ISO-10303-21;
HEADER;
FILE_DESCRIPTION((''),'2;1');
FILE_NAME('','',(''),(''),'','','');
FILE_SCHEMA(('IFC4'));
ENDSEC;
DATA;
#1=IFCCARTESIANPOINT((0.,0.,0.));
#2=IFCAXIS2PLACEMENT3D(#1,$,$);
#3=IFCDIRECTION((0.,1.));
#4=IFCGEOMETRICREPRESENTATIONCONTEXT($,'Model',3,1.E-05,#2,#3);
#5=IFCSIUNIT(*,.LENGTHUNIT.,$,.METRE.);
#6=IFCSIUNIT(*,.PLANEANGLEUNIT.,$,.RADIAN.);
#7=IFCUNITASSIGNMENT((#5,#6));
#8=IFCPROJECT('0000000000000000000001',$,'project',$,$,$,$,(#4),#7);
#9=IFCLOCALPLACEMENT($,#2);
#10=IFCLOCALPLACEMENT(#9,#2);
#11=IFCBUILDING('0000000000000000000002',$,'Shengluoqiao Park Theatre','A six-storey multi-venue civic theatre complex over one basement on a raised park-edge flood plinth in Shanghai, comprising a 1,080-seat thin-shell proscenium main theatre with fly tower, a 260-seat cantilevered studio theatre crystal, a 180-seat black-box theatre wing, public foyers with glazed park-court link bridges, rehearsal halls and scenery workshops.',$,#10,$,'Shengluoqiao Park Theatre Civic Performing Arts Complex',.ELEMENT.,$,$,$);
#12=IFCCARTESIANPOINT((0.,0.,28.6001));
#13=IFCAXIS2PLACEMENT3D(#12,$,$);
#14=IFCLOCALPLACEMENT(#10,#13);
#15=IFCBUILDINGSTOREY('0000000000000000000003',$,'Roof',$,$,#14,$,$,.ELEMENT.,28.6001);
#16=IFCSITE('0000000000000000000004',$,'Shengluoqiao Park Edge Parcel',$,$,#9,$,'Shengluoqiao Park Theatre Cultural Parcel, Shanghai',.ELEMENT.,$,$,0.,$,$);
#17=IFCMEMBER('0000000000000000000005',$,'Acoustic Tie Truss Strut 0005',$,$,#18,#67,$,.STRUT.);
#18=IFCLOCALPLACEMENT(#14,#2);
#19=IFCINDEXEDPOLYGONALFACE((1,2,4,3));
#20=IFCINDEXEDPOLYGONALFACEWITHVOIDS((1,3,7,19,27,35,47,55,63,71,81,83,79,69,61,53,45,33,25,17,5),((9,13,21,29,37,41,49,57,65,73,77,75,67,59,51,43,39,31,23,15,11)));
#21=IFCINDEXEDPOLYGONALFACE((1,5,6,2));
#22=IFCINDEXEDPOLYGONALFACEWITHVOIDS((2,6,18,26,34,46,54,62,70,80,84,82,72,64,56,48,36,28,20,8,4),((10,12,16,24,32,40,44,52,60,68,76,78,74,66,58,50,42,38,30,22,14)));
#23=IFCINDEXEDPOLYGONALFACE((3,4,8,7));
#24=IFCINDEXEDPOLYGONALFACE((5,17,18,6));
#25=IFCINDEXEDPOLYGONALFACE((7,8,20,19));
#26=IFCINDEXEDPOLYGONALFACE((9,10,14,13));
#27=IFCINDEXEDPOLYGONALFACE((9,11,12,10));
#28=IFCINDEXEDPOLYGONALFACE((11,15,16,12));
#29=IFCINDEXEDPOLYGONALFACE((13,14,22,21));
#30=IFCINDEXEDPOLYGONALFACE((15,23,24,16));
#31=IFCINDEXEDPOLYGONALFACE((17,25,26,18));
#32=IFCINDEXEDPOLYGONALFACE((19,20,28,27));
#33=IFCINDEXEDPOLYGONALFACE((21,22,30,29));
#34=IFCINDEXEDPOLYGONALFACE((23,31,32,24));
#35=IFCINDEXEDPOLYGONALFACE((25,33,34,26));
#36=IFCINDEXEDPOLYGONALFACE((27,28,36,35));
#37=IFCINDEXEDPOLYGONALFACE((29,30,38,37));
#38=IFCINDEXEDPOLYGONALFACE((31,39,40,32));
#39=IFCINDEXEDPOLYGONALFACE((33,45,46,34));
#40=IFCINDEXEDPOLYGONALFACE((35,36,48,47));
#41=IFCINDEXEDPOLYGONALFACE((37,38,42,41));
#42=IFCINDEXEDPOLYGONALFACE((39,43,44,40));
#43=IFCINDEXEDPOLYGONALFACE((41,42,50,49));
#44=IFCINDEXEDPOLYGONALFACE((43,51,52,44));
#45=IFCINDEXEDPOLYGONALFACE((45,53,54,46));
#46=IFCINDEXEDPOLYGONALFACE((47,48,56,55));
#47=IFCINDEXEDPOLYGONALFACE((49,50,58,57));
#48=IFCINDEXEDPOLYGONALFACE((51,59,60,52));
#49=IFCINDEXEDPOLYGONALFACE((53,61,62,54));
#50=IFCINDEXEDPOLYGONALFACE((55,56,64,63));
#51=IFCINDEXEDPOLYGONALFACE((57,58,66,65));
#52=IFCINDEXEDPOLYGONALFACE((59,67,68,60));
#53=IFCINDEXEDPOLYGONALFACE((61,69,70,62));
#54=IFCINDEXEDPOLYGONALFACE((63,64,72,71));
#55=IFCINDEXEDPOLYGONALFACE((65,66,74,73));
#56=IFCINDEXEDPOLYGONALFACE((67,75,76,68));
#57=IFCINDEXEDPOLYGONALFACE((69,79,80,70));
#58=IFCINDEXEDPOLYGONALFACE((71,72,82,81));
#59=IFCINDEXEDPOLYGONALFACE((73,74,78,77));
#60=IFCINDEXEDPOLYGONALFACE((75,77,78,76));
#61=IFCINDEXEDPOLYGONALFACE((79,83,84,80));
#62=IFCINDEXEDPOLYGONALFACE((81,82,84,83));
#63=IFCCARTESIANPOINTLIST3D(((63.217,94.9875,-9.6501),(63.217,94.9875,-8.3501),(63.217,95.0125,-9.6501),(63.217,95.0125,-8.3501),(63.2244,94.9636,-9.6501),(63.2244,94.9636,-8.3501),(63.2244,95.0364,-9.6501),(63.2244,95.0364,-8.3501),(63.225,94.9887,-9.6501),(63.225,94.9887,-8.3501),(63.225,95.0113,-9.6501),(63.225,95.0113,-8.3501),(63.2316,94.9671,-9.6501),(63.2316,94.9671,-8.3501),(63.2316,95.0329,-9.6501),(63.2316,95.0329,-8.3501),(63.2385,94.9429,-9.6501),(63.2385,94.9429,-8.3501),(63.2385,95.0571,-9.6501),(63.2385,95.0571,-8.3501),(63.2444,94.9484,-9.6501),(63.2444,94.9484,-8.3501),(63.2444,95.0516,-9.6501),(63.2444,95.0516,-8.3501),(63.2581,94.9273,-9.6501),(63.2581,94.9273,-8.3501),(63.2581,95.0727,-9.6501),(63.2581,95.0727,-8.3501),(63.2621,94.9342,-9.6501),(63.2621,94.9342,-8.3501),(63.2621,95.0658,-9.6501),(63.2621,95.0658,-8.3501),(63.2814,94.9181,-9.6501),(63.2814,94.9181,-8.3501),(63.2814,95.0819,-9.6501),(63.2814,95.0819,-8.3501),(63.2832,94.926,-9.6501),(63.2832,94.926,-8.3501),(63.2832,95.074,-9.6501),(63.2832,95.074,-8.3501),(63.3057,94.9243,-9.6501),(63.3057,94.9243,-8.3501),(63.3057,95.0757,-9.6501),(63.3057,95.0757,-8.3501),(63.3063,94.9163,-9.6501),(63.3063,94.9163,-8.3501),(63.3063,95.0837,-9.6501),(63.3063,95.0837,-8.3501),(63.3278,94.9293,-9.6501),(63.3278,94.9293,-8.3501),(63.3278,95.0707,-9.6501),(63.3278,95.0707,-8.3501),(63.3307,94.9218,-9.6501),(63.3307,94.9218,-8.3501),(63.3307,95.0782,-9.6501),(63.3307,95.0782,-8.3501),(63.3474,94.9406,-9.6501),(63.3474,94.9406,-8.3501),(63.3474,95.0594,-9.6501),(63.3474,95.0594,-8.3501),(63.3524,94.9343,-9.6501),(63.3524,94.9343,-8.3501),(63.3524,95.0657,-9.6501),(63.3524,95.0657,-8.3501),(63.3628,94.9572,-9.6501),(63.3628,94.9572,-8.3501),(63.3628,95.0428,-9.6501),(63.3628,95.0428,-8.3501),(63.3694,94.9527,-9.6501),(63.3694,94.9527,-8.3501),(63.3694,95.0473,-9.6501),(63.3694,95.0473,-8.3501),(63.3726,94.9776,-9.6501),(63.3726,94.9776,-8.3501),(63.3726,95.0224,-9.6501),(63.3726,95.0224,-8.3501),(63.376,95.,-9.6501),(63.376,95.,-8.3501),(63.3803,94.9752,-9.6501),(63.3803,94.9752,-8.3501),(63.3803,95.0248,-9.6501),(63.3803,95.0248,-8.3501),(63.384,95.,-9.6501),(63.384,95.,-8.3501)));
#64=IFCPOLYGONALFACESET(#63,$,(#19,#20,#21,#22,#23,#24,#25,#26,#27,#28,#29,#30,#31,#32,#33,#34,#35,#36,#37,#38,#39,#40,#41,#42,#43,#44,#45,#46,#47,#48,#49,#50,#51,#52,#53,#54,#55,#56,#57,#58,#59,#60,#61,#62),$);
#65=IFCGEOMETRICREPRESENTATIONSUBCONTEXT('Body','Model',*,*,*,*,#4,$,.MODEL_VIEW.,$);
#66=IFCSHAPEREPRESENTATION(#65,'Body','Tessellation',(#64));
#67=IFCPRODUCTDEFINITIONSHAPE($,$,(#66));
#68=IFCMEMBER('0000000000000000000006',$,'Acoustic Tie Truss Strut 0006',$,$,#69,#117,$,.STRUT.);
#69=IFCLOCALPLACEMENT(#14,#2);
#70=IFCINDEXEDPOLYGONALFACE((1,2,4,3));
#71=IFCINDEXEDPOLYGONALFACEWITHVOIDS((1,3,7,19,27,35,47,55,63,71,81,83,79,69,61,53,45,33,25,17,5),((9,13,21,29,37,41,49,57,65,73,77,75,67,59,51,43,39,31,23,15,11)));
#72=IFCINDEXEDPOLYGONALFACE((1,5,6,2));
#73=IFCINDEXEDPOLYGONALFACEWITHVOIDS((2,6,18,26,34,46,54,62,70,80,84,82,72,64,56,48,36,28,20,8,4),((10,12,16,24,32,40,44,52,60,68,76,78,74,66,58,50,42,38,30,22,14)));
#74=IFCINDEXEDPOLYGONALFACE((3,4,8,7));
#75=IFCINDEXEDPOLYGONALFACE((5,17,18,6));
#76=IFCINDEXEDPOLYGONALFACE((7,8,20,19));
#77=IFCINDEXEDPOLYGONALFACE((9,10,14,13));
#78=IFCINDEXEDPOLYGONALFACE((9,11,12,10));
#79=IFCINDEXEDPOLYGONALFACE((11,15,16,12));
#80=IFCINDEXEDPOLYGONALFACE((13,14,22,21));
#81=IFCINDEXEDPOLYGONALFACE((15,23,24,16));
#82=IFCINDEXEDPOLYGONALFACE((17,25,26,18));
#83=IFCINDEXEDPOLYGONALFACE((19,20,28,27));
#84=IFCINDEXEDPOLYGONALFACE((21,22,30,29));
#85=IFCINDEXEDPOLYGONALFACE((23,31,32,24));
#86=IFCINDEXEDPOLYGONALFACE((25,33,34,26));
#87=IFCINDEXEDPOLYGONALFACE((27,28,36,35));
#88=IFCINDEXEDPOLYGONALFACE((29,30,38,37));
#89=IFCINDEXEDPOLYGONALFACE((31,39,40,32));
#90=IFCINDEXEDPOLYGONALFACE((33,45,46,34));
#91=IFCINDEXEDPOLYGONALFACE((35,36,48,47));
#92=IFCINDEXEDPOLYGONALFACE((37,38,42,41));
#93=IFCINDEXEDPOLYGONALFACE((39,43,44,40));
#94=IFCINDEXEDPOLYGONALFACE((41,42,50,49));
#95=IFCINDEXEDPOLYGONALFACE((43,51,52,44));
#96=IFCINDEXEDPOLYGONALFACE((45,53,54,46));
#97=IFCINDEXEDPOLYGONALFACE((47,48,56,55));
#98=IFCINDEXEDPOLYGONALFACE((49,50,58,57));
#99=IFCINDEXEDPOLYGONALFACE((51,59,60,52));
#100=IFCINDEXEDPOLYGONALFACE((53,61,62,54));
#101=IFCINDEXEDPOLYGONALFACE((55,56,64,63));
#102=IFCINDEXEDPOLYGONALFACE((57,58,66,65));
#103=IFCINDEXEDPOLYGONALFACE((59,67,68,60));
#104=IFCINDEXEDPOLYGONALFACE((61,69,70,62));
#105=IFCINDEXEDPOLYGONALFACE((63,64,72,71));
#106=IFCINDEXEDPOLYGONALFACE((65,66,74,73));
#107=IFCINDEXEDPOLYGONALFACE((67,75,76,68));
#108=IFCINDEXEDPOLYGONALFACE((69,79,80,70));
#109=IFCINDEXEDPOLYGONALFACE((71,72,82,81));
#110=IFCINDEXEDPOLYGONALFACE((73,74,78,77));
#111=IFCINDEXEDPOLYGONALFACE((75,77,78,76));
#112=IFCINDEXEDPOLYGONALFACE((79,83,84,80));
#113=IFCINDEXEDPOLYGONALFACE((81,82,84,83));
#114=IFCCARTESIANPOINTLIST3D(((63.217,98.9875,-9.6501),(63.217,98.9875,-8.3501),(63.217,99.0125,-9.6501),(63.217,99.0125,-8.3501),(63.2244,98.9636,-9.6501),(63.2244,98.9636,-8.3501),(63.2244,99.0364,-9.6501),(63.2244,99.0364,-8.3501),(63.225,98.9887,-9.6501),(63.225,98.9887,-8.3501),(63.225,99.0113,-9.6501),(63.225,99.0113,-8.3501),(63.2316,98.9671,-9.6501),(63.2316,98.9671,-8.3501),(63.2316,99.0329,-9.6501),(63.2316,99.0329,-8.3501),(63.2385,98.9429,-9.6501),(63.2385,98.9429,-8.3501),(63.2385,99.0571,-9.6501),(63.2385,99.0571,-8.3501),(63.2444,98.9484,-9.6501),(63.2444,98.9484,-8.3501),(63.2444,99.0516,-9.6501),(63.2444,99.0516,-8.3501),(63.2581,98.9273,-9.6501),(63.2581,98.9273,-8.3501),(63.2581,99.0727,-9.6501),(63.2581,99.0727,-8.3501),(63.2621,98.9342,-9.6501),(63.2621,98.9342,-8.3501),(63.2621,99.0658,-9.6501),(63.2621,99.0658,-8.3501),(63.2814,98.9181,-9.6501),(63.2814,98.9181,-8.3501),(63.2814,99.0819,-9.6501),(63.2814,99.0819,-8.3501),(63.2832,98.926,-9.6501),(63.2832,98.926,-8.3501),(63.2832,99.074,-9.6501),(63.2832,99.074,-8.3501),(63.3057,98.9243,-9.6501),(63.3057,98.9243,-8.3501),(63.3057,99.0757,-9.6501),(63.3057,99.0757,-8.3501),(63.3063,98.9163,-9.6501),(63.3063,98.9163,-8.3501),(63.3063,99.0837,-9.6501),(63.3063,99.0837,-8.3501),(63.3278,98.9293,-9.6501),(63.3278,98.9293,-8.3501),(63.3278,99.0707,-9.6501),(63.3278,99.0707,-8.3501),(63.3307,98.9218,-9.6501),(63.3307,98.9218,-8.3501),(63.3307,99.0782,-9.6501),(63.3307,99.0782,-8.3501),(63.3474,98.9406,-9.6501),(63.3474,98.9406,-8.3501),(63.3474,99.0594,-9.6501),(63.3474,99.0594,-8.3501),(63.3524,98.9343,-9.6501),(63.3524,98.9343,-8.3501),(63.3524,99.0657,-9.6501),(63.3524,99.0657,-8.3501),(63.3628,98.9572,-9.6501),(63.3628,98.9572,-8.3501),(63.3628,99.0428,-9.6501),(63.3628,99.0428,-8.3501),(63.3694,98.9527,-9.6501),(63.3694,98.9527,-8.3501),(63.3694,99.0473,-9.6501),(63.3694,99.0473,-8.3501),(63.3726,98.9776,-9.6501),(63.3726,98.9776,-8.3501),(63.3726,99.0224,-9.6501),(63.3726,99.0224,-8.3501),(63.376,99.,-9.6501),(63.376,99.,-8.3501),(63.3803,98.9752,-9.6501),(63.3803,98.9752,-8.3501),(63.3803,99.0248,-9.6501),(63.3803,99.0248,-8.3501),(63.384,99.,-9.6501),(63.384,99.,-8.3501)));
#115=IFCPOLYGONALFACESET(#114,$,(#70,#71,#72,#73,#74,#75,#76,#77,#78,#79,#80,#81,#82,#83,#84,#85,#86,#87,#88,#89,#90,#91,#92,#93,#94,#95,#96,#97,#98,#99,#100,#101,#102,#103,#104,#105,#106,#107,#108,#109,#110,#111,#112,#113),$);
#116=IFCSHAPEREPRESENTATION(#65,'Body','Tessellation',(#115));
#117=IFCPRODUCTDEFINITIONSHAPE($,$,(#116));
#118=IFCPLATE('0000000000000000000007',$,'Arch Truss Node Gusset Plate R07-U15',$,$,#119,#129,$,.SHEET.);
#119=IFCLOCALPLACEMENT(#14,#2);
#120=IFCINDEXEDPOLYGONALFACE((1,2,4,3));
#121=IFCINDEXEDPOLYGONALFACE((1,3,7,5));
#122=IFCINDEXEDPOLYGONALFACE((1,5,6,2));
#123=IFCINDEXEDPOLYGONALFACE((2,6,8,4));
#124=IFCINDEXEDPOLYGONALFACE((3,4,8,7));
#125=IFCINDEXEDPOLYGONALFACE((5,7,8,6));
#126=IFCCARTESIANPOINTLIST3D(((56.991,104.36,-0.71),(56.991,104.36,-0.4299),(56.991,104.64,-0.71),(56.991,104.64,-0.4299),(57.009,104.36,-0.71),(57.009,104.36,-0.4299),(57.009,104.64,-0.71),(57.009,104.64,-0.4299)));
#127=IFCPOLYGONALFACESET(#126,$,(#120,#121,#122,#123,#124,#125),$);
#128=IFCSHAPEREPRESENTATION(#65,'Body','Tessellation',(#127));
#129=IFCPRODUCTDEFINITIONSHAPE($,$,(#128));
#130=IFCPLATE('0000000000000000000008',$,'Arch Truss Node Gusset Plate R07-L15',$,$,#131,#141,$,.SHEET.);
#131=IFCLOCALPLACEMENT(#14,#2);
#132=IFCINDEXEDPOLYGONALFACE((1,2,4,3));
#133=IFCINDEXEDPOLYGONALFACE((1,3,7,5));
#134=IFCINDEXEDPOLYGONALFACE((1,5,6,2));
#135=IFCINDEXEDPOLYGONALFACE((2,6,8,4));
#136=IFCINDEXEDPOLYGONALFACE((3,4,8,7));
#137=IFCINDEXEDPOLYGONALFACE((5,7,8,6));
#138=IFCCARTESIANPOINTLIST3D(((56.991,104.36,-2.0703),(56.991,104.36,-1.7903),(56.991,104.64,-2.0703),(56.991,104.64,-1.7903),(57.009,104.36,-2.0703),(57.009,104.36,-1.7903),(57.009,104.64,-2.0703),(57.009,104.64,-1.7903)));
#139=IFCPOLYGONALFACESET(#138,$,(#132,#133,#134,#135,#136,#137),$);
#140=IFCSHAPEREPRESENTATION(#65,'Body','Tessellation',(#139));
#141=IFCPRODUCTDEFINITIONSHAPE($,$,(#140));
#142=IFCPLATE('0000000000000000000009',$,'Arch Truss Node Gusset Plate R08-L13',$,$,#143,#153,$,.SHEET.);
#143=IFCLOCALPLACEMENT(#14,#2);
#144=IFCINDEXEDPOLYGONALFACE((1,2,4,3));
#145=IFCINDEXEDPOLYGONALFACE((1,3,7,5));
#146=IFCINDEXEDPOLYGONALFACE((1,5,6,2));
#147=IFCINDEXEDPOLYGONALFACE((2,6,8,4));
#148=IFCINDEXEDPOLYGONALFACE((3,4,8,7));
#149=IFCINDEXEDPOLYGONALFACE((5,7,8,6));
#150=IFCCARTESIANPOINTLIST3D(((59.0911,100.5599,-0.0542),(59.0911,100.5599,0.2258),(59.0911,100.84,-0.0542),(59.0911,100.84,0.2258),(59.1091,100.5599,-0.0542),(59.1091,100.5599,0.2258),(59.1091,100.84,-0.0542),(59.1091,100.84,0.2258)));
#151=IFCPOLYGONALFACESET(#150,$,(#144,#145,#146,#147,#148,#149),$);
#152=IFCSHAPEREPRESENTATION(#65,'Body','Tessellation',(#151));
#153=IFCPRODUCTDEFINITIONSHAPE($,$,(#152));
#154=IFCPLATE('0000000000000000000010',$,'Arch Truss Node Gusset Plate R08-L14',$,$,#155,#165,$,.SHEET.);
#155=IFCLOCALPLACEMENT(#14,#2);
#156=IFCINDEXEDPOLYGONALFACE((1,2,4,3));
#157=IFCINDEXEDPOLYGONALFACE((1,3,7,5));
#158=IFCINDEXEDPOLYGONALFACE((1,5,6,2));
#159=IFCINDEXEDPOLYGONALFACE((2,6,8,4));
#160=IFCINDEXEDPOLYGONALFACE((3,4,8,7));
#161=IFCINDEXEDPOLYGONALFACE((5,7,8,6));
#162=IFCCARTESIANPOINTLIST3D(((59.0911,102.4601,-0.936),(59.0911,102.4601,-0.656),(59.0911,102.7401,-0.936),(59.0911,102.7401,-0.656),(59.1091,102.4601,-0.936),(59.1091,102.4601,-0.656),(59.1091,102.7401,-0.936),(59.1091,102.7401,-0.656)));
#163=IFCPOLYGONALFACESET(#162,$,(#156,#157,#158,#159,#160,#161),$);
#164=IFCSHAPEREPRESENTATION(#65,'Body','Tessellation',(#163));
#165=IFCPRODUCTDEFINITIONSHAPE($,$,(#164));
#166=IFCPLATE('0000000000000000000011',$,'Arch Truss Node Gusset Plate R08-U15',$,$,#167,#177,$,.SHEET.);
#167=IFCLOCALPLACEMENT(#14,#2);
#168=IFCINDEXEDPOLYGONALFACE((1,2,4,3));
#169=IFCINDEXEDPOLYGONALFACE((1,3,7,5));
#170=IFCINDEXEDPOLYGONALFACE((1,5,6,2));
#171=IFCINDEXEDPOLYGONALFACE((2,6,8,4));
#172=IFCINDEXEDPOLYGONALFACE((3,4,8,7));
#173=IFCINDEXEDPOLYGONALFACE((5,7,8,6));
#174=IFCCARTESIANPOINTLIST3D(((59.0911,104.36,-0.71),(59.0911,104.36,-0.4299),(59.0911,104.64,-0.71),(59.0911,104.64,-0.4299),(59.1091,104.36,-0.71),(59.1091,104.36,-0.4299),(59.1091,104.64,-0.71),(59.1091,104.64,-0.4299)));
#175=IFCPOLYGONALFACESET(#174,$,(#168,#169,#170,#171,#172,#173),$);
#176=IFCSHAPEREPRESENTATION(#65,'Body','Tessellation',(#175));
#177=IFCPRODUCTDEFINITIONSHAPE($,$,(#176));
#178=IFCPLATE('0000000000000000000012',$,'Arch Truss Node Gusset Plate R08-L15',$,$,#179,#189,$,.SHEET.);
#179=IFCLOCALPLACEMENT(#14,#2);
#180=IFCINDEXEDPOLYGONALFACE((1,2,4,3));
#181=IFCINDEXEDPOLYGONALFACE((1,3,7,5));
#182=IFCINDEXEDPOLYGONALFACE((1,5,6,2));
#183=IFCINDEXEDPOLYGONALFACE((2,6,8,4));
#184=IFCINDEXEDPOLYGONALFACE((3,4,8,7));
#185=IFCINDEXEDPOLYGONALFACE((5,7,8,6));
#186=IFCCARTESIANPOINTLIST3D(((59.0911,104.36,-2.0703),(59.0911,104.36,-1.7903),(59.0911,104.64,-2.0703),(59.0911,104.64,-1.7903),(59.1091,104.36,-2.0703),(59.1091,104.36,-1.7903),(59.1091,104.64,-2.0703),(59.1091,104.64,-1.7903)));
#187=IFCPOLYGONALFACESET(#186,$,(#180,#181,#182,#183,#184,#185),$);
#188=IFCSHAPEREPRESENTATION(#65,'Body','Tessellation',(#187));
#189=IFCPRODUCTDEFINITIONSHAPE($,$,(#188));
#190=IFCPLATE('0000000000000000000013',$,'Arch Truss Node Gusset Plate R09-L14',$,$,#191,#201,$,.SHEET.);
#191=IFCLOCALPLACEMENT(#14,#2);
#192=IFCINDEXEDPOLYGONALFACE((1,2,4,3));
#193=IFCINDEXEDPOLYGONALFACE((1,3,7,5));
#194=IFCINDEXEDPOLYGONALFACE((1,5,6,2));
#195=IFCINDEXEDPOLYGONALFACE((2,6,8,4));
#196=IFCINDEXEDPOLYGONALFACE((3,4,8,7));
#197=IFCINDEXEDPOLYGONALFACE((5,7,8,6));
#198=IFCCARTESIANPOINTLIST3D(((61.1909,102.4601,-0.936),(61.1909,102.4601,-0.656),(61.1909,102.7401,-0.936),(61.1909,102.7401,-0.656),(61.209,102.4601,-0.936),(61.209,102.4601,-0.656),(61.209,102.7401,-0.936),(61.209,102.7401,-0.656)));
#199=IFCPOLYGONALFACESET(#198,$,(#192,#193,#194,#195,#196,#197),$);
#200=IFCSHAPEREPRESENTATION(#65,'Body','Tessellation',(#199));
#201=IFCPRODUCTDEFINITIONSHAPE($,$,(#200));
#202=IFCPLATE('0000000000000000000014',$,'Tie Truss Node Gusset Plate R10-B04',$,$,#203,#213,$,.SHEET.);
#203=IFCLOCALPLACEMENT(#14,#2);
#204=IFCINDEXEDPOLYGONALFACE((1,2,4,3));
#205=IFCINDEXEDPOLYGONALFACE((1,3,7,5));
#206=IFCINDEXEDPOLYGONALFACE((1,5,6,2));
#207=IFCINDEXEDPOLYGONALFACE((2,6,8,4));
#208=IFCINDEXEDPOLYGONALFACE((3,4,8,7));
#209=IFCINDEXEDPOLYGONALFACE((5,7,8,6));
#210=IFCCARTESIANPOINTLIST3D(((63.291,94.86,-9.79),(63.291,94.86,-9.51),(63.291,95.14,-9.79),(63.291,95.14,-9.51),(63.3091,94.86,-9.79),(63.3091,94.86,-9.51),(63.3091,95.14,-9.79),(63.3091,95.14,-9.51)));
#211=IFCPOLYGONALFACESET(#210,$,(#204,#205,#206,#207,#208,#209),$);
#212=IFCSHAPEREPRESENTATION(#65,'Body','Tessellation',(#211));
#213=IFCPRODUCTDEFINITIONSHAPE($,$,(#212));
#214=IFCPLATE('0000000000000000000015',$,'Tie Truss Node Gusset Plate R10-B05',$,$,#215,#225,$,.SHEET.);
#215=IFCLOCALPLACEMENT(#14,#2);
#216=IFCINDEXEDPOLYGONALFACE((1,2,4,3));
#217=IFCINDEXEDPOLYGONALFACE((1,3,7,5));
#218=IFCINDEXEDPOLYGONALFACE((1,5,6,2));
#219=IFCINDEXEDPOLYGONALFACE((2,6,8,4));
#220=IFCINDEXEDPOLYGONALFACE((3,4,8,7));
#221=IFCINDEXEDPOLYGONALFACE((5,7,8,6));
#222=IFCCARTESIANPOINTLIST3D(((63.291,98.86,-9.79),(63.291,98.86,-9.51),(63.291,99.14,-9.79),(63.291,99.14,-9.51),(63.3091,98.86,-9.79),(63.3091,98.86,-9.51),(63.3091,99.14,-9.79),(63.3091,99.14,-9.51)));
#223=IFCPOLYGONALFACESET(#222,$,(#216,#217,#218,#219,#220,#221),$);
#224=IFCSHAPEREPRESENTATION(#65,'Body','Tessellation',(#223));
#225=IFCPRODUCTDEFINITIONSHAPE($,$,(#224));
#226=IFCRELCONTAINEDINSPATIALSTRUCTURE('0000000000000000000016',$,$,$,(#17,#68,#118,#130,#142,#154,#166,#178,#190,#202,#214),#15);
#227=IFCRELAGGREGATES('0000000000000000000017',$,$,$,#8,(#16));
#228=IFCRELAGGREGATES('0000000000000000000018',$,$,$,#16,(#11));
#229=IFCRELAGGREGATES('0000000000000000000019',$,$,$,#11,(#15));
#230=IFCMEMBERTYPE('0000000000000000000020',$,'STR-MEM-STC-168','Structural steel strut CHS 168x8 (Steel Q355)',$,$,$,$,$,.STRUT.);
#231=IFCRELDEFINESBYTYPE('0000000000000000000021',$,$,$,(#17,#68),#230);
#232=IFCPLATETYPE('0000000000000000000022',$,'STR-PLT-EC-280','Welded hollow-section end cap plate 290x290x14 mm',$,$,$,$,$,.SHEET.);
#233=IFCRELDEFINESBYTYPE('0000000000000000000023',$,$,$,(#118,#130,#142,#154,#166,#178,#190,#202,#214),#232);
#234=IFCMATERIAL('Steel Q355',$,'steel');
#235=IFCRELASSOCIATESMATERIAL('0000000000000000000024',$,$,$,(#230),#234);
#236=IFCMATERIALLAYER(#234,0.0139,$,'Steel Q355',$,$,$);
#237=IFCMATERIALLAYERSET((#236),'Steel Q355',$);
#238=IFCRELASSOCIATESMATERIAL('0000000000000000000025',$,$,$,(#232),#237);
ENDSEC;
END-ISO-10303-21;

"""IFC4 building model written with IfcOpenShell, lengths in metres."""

from ifc_helpers import new_model, si_unit, direction, frame, origin, origin_2d, place, context, subcontext, project, spatial, rectangle, hollow_circle, extrude, material, layer, layer_set, material_profile, profile_set, type_object, element, save


model = new_model("IFC4")

# Units and contexts
model_context = context("Model", 3, precision=1e-05, world=origin(), true_north=direction((0.0, 1.0)))
body_context = subcontext(model_context, "Body", "Model", "MODEL_VIEW")
ifc_project = project(units=[si_unit("LENGTHUNIT", "METRE"), si_unit("PLANEANGLEUNIT", "RADIAN")], contexts=[model_context])

# Site, building, storey
site_placement = place(None, origin())
site = spatial("IfcSite", under=ifc_project, at=site_placement, Name="Shengluoqiao Park Edge Parcel", LongName="Shengluoqiao Park Theatre Cultural Parcel, Shanghai", CompositionType="ELEMENT", RefElevation=0.0)
building_placement = place(site_placement, origin())
building = spatial("IfcBuilding", under=site, at=building_placement, Name="Shengluoqiao Park Theatre", Description="A six-storey multi-venue civic theatre complex over one basement on a raised park-edge flood plinth in Shanghai, comprising a 1,080-seat thin-shell proscenium main theatre with fly tower, a 260-seat cantilevered studio theatre crystal, a 180-seat black-box theatre wing, public foyers with glazed park-court link bridges, rehearsal halls and scenery workshops.", LongName="Shengluoqiao Park Theatre Civic Performing Arts Complex", CompositionType="ELEMENT")
storey_placement = place(building_placement, frame((0.0, 0.0, 28.6001)))
storey = spatial("IfcBuildingStorey", under=building, at=storey_placement, Name="Roof", CompositionType="ELEMENT", Elevation=28.6001)

# Shared definitions
ifc_material_1 = material(Name="Steel Q355", Category="steel")

# Members
ifc_material_profile_1 = material_profile(ifc_material_1, hollow_circle(Radius=0.084, WallThickness=0.0081, at=origin_2d()), Name="CHS 168x8")
ifc_profile_set_1 = profile_set([ifc_material_profile_1], Name="Steel Q355")
member_type_1 = type_object("IfcMemberType", Name="STR-MEM-STC-168", Description="Structural steel strut CHS 168x8 (Steel Q355)", PredefinedType="STRUT", material=ifc_profile_set_1)
for number, where, z_axis, x_axis, name in (
    (1, (63.3, 95.0, -9.6501), (0.0, 0.0, 1.0), (1.0, 0.0, 0.0), "Acoustic Tie Truss Strut 0005"),
    (2, (63.3, 99.0, -9.6501), (0.0, 0.0, 1.0), (1.0, 0.0, 0.0), "Acoustic Tie Truss Strut 0006"),
):
    element("IfcMember", number, at=place(storey_placement, frame(where, z_axis=z_axis, x_axis=x_axis)), inside=storey, type_object=member_type_1, Name=name, PredefinedType="STRUT", context=body_context, shape_type="SweptSolid", body=[
        extrude(hollow_circle(Radius=0.084, WallThickness=0.0081, at=origin_2d()), origin(), (0.0, 0.0, 1.0), 1.3),
    ])

# Plates
ifc_layer = layer(ifc_material_1, 0.0139, Name="Steel Q355")
ifc_layer_set = layer_set([ifc_layer], Name="Steel Q355")
plate_type = type_object("IfcPlateType", Name="STR-PLT-EC-280", Description="Welded hollow-section end cap plate 290x290x14 mm", PredefinedType="SHEET", material=ifc_layer_set)
for number, where, z_axis, x_axis, name in (
    (3, (57.0, 104.5, -0.71), (0.0, 0.0, 1.0), (1.0, 0.0, 0.0), "Arch Truss Node Gusset Plate R07-U15"),
    (4, (57.0, 104.5, -2.0703), (0.0, 0.0, 1.0), (1.0, 0.0, 0.0), "Arch Truss Node Gusset Plate R07-L15"),
    (5, (59.1001, 100.7, -0.0542), (0.0, 0.0, 1.0), (1.0, 0.0, 0.0), "Arch Truss Node Gusset Plate R08-L13"),
    (6, (59.1001, 102.6001, -0.936), (0.0, 0.0, 1.0), (1.0, 0.0, 0.0), "Arch Truss Node Gusset Plate R08-L14"),
    (7, (59.1001, 104.5, -0.71), (0.0, 0.0, 1.0), (1.0, 0.0, 0.0), "Arch Truss Node Gusset Plate R08-U15"),
    (8, (59.1001, 104.5, -2.0703), (0.0, 0.0, 1.0), (1.0, 0.0, 0.0), "Arch Truss Node Gusset Plate R08-L15"),
    (9, (61.2, 102.6001, -0.936), (0.0, 0.0, 1.0), (1.0, 0.0, 0.0), "Arch Truss Node Gusset Plate R09-L14"),
    (10, (63.3, 95.0, -9.79), (0.0, 0.0, 1.0), (1.0, 0.0, 0.0), "Tie Truss Node Gusset Plate R10-B04"),
    (11, (63.3, 99.0, -9.79), (0.0, 0.0, 1.0), (1.0, 0.0, 0.0), "Tie Truss Node Gusset Plate R10-B05"),
):
    element("IfcPlate", number, at=place(storey_placement, frame(where, z_axis=z_axis, x_axis=x_axis)), inside=storey, type_object=plate_type, Name=name, PredefinedType="SHEET", context=body_context, shape_type="SweptSolid", body=[
        extrude(rectangle(XDim=0.0181, YDim=0.28, at=origin_2d()), origin(), (0.0, 0.0, 1.0), 0.28),
    ])

save(model, "model.ifc")
